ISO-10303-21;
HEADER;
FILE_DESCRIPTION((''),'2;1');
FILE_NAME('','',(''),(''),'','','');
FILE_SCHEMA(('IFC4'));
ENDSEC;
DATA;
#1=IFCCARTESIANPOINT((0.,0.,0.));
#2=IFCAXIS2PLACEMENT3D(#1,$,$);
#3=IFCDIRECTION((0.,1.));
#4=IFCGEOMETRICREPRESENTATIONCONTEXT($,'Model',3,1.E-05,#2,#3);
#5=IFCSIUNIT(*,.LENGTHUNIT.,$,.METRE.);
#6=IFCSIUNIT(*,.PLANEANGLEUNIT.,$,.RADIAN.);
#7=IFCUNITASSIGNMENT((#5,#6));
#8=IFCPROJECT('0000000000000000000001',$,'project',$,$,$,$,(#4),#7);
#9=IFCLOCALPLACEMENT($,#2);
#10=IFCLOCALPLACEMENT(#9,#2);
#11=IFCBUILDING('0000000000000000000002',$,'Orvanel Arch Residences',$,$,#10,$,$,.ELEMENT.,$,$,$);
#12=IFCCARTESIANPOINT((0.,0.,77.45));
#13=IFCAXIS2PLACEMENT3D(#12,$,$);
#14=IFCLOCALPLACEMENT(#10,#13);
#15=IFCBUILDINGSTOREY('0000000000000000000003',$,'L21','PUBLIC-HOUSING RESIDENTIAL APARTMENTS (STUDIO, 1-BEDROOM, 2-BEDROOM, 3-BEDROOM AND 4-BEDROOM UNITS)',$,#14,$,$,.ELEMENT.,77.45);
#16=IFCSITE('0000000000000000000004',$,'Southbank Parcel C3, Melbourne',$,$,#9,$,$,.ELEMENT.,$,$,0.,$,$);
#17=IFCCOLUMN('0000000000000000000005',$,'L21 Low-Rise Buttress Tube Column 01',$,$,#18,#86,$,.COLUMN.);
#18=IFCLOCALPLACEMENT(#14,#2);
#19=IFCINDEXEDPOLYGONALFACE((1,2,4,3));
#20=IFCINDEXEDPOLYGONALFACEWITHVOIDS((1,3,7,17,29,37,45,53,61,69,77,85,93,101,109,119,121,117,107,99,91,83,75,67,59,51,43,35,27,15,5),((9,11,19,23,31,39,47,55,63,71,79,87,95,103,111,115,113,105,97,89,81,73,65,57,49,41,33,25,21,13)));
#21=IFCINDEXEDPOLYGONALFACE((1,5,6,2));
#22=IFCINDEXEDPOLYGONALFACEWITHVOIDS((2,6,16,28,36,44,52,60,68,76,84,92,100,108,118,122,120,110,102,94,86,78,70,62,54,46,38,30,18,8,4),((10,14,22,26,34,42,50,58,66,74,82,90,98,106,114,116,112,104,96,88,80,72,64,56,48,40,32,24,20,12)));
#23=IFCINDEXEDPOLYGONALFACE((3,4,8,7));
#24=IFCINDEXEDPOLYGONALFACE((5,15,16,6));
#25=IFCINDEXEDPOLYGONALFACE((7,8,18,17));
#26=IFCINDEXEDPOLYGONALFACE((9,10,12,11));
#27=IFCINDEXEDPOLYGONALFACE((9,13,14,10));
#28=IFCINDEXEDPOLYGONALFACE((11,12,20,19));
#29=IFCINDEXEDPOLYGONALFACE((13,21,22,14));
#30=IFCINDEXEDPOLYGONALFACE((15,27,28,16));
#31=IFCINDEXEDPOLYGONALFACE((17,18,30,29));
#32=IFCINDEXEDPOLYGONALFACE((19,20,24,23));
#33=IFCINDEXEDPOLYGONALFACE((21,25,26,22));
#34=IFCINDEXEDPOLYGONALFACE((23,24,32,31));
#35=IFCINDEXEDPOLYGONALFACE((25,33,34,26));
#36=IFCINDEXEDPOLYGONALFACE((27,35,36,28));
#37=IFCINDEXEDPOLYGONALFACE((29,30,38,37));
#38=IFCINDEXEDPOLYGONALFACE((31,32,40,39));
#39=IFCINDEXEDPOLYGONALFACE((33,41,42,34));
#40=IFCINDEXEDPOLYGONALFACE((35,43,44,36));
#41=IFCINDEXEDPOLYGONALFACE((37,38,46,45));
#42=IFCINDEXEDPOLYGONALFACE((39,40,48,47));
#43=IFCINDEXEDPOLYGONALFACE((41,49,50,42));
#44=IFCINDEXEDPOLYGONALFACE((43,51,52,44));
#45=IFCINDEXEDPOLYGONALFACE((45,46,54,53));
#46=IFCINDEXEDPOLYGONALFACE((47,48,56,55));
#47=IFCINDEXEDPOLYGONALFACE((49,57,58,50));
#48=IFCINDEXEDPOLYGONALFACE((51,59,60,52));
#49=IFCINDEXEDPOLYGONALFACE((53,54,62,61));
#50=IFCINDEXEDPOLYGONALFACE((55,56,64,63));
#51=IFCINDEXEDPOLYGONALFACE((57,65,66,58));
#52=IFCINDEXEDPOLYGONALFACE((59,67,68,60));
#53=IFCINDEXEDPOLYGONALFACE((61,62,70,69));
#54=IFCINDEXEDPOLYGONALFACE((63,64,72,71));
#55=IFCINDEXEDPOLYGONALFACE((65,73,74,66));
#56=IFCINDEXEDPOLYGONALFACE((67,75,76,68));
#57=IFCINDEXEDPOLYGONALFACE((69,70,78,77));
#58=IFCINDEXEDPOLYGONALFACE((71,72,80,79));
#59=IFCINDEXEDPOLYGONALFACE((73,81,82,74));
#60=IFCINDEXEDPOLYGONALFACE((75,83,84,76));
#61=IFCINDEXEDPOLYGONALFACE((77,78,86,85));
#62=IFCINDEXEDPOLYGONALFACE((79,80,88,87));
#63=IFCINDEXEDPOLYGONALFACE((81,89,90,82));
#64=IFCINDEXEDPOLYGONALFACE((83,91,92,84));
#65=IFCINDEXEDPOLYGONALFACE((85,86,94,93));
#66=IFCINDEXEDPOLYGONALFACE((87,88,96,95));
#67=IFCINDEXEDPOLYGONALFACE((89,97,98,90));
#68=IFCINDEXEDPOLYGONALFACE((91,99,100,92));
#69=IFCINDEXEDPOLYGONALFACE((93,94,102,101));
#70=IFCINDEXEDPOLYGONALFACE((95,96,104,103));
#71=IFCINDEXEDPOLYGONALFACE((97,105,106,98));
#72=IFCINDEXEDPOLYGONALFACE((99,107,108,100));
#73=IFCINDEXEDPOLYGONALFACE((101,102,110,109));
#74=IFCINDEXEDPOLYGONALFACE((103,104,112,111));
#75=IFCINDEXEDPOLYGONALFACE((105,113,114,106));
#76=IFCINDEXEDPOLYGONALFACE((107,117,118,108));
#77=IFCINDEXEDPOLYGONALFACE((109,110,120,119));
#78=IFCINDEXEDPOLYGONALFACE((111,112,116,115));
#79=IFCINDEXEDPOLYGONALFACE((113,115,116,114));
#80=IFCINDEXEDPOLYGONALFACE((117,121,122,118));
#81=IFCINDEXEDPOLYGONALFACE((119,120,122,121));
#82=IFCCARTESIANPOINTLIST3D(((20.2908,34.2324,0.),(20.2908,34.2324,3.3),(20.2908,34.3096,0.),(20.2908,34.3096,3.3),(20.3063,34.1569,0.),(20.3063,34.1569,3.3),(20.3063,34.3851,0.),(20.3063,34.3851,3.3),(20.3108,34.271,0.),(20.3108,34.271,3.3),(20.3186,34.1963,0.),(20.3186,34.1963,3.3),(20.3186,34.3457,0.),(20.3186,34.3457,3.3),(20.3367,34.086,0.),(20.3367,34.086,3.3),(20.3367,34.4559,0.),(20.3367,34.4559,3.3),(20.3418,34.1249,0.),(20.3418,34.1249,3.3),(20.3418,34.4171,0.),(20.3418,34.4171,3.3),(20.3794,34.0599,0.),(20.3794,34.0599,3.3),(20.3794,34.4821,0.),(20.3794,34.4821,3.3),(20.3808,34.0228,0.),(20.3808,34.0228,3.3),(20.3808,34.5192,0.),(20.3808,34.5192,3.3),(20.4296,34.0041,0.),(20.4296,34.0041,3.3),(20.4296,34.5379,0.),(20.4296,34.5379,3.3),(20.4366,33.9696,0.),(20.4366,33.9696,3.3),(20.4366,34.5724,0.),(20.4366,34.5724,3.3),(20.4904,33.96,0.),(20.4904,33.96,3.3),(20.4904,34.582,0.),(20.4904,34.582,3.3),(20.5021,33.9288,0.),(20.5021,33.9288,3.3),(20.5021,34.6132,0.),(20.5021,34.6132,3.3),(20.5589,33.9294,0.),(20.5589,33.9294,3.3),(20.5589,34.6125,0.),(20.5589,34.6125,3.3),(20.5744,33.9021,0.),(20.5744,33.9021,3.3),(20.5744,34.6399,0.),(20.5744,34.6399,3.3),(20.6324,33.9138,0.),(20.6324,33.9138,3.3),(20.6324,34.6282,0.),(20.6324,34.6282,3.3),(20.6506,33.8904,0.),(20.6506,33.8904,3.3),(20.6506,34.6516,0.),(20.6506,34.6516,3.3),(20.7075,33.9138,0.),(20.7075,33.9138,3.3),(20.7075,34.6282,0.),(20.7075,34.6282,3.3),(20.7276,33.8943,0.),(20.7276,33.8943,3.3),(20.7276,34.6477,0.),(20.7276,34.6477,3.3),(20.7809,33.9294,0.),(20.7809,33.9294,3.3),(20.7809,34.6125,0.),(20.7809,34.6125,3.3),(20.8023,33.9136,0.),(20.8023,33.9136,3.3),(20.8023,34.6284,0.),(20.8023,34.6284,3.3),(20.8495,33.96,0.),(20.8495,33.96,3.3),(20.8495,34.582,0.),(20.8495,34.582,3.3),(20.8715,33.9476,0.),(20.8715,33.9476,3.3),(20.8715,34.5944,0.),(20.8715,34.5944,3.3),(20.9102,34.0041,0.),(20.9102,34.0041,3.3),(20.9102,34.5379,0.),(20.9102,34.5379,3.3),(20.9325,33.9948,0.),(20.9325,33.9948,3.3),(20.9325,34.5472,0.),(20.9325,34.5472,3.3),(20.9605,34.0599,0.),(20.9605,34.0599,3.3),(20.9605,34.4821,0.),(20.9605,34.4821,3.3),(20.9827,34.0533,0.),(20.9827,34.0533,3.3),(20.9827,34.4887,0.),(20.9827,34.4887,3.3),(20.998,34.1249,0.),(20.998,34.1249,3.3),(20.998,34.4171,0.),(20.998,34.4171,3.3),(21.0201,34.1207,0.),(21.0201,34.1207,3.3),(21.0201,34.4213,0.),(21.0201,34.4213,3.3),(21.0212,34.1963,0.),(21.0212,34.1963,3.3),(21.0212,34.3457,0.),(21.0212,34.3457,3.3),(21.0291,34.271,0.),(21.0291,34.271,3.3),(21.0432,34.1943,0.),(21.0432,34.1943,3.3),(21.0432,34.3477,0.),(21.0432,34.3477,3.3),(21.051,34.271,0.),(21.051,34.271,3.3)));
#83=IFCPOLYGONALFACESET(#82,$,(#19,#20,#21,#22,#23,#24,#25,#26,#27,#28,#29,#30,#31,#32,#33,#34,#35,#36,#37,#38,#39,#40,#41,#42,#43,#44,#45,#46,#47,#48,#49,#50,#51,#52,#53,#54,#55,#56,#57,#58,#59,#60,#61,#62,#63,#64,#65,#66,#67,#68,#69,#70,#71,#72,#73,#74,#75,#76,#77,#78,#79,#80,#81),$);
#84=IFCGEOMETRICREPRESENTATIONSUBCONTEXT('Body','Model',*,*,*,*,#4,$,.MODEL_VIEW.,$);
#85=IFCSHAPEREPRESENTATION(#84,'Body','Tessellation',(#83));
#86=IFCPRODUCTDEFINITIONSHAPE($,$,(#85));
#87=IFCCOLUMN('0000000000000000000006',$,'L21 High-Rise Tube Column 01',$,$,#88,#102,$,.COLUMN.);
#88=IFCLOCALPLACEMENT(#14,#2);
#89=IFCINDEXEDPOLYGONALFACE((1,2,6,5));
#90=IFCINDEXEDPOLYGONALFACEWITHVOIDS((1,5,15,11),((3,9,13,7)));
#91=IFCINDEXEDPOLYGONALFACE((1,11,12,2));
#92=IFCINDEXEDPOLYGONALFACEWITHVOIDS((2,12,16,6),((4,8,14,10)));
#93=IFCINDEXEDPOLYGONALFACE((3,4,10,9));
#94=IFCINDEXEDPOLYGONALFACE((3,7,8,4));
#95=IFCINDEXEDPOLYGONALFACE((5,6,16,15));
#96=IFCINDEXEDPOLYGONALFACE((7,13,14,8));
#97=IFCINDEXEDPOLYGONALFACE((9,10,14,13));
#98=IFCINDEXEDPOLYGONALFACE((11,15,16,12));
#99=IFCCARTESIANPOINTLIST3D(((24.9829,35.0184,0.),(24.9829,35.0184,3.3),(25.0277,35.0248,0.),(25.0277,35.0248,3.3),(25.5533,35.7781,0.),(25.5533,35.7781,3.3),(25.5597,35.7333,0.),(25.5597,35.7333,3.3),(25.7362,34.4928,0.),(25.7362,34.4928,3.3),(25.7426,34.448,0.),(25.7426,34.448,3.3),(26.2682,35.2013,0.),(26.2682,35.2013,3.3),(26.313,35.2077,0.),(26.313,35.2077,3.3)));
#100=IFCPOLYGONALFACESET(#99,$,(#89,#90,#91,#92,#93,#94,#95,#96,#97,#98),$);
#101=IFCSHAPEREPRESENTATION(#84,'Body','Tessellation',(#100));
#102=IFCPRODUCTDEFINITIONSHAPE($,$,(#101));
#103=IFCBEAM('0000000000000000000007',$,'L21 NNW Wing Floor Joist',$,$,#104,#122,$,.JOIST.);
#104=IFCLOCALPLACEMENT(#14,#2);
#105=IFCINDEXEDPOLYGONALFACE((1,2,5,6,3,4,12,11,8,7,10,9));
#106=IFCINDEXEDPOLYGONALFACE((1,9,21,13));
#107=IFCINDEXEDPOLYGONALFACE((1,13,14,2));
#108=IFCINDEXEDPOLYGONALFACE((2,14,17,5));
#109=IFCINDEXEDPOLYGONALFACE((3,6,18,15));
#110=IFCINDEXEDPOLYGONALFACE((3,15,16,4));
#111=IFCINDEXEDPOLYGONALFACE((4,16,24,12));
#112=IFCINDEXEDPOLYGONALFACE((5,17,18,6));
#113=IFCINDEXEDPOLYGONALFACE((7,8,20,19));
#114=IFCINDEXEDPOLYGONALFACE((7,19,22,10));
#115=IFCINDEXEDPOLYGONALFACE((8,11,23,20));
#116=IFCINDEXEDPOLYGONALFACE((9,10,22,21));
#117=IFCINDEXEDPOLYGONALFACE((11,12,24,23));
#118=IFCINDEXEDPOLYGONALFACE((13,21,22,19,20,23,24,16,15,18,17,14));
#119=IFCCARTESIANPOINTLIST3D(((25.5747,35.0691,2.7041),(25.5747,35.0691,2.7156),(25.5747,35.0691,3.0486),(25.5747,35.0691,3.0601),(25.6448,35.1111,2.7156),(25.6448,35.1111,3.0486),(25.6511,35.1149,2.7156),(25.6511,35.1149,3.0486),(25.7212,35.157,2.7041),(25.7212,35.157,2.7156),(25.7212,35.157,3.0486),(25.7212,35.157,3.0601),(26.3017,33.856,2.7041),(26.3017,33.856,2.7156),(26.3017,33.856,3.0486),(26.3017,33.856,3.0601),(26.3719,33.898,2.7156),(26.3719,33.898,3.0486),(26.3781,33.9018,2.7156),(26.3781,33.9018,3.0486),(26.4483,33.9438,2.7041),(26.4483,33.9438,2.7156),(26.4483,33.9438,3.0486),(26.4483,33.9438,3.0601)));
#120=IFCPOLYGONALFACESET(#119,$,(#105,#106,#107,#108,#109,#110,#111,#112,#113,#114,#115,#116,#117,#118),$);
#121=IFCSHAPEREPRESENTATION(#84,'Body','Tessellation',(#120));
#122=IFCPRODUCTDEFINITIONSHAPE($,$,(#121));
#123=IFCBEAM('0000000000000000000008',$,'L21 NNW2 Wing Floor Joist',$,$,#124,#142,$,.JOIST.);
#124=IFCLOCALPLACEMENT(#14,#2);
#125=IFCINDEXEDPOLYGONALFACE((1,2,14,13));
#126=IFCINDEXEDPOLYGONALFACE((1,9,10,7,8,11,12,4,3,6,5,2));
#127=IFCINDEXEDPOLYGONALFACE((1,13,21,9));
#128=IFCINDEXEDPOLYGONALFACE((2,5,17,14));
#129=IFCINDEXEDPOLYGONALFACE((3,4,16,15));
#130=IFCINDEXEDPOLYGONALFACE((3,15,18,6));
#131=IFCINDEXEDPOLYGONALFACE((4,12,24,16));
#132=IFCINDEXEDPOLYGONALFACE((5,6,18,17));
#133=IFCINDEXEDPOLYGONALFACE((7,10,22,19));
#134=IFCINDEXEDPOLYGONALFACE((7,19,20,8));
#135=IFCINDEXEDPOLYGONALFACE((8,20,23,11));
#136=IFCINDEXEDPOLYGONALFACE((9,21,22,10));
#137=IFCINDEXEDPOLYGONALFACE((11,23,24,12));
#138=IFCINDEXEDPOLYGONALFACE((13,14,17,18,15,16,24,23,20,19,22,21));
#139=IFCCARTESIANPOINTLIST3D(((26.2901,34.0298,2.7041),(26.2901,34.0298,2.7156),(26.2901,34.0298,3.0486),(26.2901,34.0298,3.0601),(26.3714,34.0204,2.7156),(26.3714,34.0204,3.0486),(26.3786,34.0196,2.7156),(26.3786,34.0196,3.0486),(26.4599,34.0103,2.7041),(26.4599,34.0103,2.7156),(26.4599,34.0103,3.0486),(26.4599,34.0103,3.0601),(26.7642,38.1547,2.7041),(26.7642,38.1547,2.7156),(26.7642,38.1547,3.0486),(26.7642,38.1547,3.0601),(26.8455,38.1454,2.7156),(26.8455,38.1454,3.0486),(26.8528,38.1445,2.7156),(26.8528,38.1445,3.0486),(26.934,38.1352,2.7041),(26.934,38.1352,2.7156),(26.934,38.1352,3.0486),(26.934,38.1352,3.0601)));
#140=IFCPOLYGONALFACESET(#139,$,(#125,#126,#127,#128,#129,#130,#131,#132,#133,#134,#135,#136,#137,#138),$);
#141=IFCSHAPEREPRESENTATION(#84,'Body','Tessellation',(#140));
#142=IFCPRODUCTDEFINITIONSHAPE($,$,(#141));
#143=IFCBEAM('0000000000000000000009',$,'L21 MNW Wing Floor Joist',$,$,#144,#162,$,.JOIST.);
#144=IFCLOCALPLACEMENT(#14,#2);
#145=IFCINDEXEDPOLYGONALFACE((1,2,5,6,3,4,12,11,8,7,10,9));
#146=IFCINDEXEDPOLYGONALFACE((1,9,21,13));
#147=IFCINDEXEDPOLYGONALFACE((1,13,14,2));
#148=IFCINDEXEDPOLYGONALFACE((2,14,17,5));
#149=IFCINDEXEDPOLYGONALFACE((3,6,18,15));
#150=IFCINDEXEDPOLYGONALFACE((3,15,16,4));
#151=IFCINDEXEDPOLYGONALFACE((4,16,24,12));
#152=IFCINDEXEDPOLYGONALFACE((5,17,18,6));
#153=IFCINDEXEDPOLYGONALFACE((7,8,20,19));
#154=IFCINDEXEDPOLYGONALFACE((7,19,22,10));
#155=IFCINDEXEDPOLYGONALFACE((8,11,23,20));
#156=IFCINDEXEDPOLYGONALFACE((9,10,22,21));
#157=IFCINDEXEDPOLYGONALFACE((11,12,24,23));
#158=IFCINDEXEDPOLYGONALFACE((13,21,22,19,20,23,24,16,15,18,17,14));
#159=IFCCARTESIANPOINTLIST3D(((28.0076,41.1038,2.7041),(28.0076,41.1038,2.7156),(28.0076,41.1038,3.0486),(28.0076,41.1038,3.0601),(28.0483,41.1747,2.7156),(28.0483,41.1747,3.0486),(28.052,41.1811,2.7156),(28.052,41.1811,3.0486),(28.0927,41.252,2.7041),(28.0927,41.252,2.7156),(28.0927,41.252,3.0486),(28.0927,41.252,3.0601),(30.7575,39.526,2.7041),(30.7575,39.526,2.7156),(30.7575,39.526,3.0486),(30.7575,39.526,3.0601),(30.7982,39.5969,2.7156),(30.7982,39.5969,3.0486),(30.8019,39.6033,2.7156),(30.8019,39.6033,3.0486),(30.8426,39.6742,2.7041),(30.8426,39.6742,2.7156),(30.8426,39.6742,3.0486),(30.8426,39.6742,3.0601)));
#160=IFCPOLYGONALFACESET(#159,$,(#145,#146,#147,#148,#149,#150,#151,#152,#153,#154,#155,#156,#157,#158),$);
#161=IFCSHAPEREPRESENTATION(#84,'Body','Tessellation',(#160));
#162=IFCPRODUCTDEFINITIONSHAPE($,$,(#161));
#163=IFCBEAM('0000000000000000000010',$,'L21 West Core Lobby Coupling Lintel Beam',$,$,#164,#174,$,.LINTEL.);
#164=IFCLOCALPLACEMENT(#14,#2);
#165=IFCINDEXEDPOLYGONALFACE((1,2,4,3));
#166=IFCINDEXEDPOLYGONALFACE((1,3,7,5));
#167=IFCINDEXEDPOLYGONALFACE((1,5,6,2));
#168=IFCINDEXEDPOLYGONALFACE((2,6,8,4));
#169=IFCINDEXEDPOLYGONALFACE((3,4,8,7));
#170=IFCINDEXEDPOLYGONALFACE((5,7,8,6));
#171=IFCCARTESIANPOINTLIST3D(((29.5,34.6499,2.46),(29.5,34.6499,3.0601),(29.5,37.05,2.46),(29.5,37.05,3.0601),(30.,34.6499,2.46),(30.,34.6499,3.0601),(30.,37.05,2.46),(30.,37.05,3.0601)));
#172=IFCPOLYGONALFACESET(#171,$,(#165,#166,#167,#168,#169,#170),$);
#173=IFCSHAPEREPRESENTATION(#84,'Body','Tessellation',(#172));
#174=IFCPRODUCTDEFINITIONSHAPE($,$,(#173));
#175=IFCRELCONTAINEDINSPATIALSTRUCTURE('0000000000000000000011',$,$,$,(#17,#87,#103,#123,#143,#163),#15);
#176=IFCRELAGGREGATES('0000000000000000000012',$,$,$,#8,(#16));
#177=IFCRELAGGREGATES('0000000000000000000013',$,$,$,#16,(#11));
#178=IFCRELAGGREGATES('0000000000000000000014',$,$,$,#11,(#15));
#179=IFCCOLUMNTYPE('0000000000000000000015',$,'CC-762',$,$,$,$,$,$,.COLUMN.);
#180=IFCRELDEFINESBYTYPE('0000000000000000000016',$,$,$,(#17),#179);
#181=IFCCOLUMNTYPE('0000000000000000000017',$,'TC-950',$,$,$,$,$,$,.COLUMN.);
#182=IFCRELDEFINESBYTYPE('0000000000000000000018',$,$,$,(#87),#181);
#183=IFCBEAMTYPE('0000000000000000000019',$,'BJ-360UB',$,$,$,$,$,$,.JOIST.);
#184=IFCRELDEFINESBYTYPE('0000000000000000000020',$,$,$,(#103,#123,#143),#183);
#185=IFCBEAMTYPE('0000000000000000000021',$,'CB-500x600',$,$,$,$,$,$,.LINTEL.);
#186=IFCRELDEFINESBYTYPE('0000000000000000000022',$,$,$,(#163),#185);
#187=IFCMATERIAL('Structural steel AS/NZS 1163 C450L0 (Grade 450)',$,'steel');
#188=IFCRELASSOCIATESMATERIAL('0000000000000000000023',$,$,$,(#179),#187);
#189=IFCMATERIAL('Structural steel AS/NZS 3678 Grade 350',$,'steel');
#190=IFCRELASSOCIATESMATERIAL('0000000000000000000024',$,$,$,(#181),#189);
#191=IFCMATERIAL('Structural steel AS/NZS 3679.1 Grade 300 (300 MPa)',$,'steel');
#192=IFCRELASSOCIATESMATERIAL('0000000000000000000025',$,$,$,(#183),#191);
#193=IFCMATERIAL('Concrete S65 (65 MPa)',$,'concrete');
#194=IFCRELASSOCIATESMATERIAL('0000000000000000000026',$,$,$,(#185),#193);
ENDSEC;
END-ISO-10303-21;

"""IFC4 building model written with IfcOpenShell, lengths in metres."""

from ifc_helpers import new_model, si_unit, direction, frame, origin, origin_2d, place, context, subcontext, project, spatial, rectangle, hollow_rectangle, hollow_circle, i_section, extrude, material, material_profile, profile_set, type_object, element, save


model = new_model("IFC4")

# Units and contexts
model_context = context("Model", 3, precision=1e-05, world=origin(), true_north=direction((0.0, 1.0)))
body_context = subcontext(model_context, "Body", "Model", "MODEL_VIEW")
ifc_project = project(units=[si_unit("LENGTHUNIT", "METRE"), si_unit("PLANEANGLEUNIT", "RADIAN")], contexts=[model_context])

# Site, building, storey
site_placement = place(None, origin())
site = spatial("IfcSite", under=ifc_project, at=site_placement, Name="Southbank Parcel C3, Melbourne", CompositionType="ELEMENT", RefElevation=0.0)
building_placement = place(site_placement, origin())
building = spatial("IfcBuilding", under=site, at=building_placement, Name="Orvanel Arch Residences", CompositionType="ELEMENT")
storey_placement = place(building_placement, frame((0.0, 0.0, 77.45)))
storey = spatial("IfcBuildingStorey", under=building, at=storey_placement, Name="L21", Description="PUBLIC-HOUSING RESIDENTIAL APARTMENTS (STUDIO, 1-BEDROOM, 2-BEDROOM, 3-BEDROOM AND 4-BEDROOM UNITS)", CompositionType="ELEMENT", Elevation=77.45)

# Columns
ifc_material_1 = material(Name="Structural steel AS/NZS 1163 C450L0 (Grade 450)", Category="steel")
ifc_material_profile_1 = material_profile(ifc_material_1, hollow_circle(Radius=0.3811, WallThickness=0.022, at=origin_2d()), Name="CHS762x22")
ifc_profile_set_1 = profile_set([ifc_material_profile_1], Name="Structural steel AS/NZS 1163 C450L0 (Grade 450)")
column_type_1 = type_object("IfcColumnType", Name="CC-762", PredefinedType="COLUMN", material=ifc_profile_set_1)
column_1_placement = place(storey_placement, frame((20.6699, 34.271, 0.0), z_axis=(0.0, 0.0, 1.0), x_axis=(1.0, 0.0, 0.0)))
element("IfcColumn", 1, at=column_1_placement, inside=storey, type_object=column_type_1, Name="L21 Low-Rise Buttress Tube Column 01", PredefinedType="COLUMN", context=body_context, shape_type="SweptSolid", body=[
    extrude(hollow_circle(Radius=0.3811, WallThickness=0.022, at=origin_2d()), origin(), (0.0, 0.0, 1.0), 3.3),
])
ifc_material_2 = material(Name="Structural steel AS/NZS 3678 Grade 350", Category="steel")
ifc_material_profile_2 = material_profile(ifc_material_2, hollow_rectangle(XDim=0.95, YDim=0.95, WallThickness=0.032, at=origin_2d()), Name="BOX950x950x32")
ifc_profile_set_2 = profile_set([ifc_material_profile_2], Name="Structural steel AS/NZS 3678 Grade 350")
column_type_2 = type_object("IfcColumnType", Name="TC-950", PredefinedType="COLUMN", material=ifc_profile_set_2)
column_2_placement = place(storey_placement, frame((25.6479, 35.113, 0.0), z_axis=(0.0, 0.0, 1.0), x_axis=(0.60042, 0.799685, 0.0)))
element("IfcColumn", 2, at=column_2_placement, inside=storey, type_object=column_type_2, Name="L21 High-Rise Tube Column 01", PredefinedType="COLUMN", context=body_context, shape_type="SweptSolid", body=[
    extrude(hollow_rectangle(XDim=0.95, YDim=0.95, WallThickness=0.032, at=origin_2d()), origin(), (0.0, 0.0, 1.0), 3.3),
])

# Beams
ifc_material_3 = material(Name="Structural steel AS/NZS 3679.1 Grade 300 (300 MPa)", Category="steel")
ifc_material_profile_3 = material_profile(ifc_material_3, i_section(OverallWidth=0.1709, OverallDepth=0.356, WebThickness=0.0073, FlangeThickness=0.0115, at=origin_2d()), Name="360UB50.7")
ifc_profile_set_3 = profile_set([ifc_material_profile_3], Name="Structural steel AS/NZS 3679.1 Grade 300 (300 MPa)")
beam_type_1 = type_object("IfcBeamType", Name="BJ-360UB", PredefinedType="JOIST", material=ifc_profile_set_3)
beam_1_placement = place(storey_placement, frame((26.375, 33.8999, 2.8821), z_axis=(-0.514064, 0.857752, 0.0), x_axis=(-0.857752, -0.514064, 0.0)))
element("IfcBeam", 3, at=beam_1_placement, inside=storey, type_object=beam_type_1, Name="L21 NNW Wing Floor Joist", PredefinedType="JOIST", context=body_context, shape_type="SweptSolid", body=[
    extrude(i_section(OverallWidth=0.1709, OverallDepth=0.356, WebThickness=0.0073, FlangeThickness=0.0115, at=origin_2d()), origin(), (0.0, 0.0, 1.0), 1.4143),
])
beam_2_placement = place(storey_placement, frame((26.375, 34.02, 2.8821), z_axis=(0.114187, 0.993459, 0.0), x_axis=(-0.993459, 0.114187, 0.0)))
element("IfcBeam", 4, at=beam_2_placement, inside=storey, type_object=beam_type_1, Name="L21 NNW2 Wing Floor Joist", PredefinedType="JOIST", context=body_context, shape_type="SweptSolid", body=[
    extrude(i_section(OverallWidth=0.1709, OverallDepth=0.356, WebThickness=0.0073, FlangeThickness=0.0115, at=origin_2d()), origin(), (0.0, 0.0, 1.0), 4.1521),
])
beam_3_placement = place(storey_placement, frame((30.8, 39.6001, 2.8821), z_axis=(-0.867365, 0.497672, 0.0), x_axis=(-0.497672, -0.867365, 0.0)))
element("IfcBeam", 5, at=beam_3_placement, inside=storey, type_object=beam_type_1, Name="L21 MNW Wing Floor Joist", PredefinedType="JOIST", context=body_context, shape_type="SweptSolid", body=[
    extrude(i_section(OverallWidth=0.1709, OverallDepth=0.356, WebThickness=0.0073, FlangeThickness=0.0115, at=origin_2d()), origin(), (0.0, 0.0, 1.0), 3.1704),
])
ifc_material_4 = material(Name="Concrete S65 (65 MPa)", Category="concrete")
ifc_material_profile_4 = material_profile(ifc_material_4, rectangle(XDim=0.5, YDim=0.6001, at=origin_2d()), Name="RC500x600")
ifc_profile_set_4 = profile_set([ifc_material_profile_4], Name="Concrete S65 (65 MPa)")
beam_type_2 = type_object("IfcBeamType", Name="CB-500x600", PredefinedType="LINTEL", material=ifc_profile_set_4)
beam_4_placement = place(storey_placement, frame((29.75, 34.6499, 2.76), z_axis=(0.0, 1.0, 0.0), x_axis=(-1.0, 0.0, 0.0)))
element("IfcBeam", 6, at=beam_4_placement, inside=storey, type_object=beam_type_2, Name="L21 West Core Lobby Coupling Lintel Beam", PredefinedType="LINTEL", context=body_context, shape_type="SweptSolid", body=[
    extrude(rectangle(XDim=0.5, YDim=0.6001, at=origin_2d()), origin(), (0.0, 0.0, 1.0), 2.4001),
])

save(model, "model.ifc")
